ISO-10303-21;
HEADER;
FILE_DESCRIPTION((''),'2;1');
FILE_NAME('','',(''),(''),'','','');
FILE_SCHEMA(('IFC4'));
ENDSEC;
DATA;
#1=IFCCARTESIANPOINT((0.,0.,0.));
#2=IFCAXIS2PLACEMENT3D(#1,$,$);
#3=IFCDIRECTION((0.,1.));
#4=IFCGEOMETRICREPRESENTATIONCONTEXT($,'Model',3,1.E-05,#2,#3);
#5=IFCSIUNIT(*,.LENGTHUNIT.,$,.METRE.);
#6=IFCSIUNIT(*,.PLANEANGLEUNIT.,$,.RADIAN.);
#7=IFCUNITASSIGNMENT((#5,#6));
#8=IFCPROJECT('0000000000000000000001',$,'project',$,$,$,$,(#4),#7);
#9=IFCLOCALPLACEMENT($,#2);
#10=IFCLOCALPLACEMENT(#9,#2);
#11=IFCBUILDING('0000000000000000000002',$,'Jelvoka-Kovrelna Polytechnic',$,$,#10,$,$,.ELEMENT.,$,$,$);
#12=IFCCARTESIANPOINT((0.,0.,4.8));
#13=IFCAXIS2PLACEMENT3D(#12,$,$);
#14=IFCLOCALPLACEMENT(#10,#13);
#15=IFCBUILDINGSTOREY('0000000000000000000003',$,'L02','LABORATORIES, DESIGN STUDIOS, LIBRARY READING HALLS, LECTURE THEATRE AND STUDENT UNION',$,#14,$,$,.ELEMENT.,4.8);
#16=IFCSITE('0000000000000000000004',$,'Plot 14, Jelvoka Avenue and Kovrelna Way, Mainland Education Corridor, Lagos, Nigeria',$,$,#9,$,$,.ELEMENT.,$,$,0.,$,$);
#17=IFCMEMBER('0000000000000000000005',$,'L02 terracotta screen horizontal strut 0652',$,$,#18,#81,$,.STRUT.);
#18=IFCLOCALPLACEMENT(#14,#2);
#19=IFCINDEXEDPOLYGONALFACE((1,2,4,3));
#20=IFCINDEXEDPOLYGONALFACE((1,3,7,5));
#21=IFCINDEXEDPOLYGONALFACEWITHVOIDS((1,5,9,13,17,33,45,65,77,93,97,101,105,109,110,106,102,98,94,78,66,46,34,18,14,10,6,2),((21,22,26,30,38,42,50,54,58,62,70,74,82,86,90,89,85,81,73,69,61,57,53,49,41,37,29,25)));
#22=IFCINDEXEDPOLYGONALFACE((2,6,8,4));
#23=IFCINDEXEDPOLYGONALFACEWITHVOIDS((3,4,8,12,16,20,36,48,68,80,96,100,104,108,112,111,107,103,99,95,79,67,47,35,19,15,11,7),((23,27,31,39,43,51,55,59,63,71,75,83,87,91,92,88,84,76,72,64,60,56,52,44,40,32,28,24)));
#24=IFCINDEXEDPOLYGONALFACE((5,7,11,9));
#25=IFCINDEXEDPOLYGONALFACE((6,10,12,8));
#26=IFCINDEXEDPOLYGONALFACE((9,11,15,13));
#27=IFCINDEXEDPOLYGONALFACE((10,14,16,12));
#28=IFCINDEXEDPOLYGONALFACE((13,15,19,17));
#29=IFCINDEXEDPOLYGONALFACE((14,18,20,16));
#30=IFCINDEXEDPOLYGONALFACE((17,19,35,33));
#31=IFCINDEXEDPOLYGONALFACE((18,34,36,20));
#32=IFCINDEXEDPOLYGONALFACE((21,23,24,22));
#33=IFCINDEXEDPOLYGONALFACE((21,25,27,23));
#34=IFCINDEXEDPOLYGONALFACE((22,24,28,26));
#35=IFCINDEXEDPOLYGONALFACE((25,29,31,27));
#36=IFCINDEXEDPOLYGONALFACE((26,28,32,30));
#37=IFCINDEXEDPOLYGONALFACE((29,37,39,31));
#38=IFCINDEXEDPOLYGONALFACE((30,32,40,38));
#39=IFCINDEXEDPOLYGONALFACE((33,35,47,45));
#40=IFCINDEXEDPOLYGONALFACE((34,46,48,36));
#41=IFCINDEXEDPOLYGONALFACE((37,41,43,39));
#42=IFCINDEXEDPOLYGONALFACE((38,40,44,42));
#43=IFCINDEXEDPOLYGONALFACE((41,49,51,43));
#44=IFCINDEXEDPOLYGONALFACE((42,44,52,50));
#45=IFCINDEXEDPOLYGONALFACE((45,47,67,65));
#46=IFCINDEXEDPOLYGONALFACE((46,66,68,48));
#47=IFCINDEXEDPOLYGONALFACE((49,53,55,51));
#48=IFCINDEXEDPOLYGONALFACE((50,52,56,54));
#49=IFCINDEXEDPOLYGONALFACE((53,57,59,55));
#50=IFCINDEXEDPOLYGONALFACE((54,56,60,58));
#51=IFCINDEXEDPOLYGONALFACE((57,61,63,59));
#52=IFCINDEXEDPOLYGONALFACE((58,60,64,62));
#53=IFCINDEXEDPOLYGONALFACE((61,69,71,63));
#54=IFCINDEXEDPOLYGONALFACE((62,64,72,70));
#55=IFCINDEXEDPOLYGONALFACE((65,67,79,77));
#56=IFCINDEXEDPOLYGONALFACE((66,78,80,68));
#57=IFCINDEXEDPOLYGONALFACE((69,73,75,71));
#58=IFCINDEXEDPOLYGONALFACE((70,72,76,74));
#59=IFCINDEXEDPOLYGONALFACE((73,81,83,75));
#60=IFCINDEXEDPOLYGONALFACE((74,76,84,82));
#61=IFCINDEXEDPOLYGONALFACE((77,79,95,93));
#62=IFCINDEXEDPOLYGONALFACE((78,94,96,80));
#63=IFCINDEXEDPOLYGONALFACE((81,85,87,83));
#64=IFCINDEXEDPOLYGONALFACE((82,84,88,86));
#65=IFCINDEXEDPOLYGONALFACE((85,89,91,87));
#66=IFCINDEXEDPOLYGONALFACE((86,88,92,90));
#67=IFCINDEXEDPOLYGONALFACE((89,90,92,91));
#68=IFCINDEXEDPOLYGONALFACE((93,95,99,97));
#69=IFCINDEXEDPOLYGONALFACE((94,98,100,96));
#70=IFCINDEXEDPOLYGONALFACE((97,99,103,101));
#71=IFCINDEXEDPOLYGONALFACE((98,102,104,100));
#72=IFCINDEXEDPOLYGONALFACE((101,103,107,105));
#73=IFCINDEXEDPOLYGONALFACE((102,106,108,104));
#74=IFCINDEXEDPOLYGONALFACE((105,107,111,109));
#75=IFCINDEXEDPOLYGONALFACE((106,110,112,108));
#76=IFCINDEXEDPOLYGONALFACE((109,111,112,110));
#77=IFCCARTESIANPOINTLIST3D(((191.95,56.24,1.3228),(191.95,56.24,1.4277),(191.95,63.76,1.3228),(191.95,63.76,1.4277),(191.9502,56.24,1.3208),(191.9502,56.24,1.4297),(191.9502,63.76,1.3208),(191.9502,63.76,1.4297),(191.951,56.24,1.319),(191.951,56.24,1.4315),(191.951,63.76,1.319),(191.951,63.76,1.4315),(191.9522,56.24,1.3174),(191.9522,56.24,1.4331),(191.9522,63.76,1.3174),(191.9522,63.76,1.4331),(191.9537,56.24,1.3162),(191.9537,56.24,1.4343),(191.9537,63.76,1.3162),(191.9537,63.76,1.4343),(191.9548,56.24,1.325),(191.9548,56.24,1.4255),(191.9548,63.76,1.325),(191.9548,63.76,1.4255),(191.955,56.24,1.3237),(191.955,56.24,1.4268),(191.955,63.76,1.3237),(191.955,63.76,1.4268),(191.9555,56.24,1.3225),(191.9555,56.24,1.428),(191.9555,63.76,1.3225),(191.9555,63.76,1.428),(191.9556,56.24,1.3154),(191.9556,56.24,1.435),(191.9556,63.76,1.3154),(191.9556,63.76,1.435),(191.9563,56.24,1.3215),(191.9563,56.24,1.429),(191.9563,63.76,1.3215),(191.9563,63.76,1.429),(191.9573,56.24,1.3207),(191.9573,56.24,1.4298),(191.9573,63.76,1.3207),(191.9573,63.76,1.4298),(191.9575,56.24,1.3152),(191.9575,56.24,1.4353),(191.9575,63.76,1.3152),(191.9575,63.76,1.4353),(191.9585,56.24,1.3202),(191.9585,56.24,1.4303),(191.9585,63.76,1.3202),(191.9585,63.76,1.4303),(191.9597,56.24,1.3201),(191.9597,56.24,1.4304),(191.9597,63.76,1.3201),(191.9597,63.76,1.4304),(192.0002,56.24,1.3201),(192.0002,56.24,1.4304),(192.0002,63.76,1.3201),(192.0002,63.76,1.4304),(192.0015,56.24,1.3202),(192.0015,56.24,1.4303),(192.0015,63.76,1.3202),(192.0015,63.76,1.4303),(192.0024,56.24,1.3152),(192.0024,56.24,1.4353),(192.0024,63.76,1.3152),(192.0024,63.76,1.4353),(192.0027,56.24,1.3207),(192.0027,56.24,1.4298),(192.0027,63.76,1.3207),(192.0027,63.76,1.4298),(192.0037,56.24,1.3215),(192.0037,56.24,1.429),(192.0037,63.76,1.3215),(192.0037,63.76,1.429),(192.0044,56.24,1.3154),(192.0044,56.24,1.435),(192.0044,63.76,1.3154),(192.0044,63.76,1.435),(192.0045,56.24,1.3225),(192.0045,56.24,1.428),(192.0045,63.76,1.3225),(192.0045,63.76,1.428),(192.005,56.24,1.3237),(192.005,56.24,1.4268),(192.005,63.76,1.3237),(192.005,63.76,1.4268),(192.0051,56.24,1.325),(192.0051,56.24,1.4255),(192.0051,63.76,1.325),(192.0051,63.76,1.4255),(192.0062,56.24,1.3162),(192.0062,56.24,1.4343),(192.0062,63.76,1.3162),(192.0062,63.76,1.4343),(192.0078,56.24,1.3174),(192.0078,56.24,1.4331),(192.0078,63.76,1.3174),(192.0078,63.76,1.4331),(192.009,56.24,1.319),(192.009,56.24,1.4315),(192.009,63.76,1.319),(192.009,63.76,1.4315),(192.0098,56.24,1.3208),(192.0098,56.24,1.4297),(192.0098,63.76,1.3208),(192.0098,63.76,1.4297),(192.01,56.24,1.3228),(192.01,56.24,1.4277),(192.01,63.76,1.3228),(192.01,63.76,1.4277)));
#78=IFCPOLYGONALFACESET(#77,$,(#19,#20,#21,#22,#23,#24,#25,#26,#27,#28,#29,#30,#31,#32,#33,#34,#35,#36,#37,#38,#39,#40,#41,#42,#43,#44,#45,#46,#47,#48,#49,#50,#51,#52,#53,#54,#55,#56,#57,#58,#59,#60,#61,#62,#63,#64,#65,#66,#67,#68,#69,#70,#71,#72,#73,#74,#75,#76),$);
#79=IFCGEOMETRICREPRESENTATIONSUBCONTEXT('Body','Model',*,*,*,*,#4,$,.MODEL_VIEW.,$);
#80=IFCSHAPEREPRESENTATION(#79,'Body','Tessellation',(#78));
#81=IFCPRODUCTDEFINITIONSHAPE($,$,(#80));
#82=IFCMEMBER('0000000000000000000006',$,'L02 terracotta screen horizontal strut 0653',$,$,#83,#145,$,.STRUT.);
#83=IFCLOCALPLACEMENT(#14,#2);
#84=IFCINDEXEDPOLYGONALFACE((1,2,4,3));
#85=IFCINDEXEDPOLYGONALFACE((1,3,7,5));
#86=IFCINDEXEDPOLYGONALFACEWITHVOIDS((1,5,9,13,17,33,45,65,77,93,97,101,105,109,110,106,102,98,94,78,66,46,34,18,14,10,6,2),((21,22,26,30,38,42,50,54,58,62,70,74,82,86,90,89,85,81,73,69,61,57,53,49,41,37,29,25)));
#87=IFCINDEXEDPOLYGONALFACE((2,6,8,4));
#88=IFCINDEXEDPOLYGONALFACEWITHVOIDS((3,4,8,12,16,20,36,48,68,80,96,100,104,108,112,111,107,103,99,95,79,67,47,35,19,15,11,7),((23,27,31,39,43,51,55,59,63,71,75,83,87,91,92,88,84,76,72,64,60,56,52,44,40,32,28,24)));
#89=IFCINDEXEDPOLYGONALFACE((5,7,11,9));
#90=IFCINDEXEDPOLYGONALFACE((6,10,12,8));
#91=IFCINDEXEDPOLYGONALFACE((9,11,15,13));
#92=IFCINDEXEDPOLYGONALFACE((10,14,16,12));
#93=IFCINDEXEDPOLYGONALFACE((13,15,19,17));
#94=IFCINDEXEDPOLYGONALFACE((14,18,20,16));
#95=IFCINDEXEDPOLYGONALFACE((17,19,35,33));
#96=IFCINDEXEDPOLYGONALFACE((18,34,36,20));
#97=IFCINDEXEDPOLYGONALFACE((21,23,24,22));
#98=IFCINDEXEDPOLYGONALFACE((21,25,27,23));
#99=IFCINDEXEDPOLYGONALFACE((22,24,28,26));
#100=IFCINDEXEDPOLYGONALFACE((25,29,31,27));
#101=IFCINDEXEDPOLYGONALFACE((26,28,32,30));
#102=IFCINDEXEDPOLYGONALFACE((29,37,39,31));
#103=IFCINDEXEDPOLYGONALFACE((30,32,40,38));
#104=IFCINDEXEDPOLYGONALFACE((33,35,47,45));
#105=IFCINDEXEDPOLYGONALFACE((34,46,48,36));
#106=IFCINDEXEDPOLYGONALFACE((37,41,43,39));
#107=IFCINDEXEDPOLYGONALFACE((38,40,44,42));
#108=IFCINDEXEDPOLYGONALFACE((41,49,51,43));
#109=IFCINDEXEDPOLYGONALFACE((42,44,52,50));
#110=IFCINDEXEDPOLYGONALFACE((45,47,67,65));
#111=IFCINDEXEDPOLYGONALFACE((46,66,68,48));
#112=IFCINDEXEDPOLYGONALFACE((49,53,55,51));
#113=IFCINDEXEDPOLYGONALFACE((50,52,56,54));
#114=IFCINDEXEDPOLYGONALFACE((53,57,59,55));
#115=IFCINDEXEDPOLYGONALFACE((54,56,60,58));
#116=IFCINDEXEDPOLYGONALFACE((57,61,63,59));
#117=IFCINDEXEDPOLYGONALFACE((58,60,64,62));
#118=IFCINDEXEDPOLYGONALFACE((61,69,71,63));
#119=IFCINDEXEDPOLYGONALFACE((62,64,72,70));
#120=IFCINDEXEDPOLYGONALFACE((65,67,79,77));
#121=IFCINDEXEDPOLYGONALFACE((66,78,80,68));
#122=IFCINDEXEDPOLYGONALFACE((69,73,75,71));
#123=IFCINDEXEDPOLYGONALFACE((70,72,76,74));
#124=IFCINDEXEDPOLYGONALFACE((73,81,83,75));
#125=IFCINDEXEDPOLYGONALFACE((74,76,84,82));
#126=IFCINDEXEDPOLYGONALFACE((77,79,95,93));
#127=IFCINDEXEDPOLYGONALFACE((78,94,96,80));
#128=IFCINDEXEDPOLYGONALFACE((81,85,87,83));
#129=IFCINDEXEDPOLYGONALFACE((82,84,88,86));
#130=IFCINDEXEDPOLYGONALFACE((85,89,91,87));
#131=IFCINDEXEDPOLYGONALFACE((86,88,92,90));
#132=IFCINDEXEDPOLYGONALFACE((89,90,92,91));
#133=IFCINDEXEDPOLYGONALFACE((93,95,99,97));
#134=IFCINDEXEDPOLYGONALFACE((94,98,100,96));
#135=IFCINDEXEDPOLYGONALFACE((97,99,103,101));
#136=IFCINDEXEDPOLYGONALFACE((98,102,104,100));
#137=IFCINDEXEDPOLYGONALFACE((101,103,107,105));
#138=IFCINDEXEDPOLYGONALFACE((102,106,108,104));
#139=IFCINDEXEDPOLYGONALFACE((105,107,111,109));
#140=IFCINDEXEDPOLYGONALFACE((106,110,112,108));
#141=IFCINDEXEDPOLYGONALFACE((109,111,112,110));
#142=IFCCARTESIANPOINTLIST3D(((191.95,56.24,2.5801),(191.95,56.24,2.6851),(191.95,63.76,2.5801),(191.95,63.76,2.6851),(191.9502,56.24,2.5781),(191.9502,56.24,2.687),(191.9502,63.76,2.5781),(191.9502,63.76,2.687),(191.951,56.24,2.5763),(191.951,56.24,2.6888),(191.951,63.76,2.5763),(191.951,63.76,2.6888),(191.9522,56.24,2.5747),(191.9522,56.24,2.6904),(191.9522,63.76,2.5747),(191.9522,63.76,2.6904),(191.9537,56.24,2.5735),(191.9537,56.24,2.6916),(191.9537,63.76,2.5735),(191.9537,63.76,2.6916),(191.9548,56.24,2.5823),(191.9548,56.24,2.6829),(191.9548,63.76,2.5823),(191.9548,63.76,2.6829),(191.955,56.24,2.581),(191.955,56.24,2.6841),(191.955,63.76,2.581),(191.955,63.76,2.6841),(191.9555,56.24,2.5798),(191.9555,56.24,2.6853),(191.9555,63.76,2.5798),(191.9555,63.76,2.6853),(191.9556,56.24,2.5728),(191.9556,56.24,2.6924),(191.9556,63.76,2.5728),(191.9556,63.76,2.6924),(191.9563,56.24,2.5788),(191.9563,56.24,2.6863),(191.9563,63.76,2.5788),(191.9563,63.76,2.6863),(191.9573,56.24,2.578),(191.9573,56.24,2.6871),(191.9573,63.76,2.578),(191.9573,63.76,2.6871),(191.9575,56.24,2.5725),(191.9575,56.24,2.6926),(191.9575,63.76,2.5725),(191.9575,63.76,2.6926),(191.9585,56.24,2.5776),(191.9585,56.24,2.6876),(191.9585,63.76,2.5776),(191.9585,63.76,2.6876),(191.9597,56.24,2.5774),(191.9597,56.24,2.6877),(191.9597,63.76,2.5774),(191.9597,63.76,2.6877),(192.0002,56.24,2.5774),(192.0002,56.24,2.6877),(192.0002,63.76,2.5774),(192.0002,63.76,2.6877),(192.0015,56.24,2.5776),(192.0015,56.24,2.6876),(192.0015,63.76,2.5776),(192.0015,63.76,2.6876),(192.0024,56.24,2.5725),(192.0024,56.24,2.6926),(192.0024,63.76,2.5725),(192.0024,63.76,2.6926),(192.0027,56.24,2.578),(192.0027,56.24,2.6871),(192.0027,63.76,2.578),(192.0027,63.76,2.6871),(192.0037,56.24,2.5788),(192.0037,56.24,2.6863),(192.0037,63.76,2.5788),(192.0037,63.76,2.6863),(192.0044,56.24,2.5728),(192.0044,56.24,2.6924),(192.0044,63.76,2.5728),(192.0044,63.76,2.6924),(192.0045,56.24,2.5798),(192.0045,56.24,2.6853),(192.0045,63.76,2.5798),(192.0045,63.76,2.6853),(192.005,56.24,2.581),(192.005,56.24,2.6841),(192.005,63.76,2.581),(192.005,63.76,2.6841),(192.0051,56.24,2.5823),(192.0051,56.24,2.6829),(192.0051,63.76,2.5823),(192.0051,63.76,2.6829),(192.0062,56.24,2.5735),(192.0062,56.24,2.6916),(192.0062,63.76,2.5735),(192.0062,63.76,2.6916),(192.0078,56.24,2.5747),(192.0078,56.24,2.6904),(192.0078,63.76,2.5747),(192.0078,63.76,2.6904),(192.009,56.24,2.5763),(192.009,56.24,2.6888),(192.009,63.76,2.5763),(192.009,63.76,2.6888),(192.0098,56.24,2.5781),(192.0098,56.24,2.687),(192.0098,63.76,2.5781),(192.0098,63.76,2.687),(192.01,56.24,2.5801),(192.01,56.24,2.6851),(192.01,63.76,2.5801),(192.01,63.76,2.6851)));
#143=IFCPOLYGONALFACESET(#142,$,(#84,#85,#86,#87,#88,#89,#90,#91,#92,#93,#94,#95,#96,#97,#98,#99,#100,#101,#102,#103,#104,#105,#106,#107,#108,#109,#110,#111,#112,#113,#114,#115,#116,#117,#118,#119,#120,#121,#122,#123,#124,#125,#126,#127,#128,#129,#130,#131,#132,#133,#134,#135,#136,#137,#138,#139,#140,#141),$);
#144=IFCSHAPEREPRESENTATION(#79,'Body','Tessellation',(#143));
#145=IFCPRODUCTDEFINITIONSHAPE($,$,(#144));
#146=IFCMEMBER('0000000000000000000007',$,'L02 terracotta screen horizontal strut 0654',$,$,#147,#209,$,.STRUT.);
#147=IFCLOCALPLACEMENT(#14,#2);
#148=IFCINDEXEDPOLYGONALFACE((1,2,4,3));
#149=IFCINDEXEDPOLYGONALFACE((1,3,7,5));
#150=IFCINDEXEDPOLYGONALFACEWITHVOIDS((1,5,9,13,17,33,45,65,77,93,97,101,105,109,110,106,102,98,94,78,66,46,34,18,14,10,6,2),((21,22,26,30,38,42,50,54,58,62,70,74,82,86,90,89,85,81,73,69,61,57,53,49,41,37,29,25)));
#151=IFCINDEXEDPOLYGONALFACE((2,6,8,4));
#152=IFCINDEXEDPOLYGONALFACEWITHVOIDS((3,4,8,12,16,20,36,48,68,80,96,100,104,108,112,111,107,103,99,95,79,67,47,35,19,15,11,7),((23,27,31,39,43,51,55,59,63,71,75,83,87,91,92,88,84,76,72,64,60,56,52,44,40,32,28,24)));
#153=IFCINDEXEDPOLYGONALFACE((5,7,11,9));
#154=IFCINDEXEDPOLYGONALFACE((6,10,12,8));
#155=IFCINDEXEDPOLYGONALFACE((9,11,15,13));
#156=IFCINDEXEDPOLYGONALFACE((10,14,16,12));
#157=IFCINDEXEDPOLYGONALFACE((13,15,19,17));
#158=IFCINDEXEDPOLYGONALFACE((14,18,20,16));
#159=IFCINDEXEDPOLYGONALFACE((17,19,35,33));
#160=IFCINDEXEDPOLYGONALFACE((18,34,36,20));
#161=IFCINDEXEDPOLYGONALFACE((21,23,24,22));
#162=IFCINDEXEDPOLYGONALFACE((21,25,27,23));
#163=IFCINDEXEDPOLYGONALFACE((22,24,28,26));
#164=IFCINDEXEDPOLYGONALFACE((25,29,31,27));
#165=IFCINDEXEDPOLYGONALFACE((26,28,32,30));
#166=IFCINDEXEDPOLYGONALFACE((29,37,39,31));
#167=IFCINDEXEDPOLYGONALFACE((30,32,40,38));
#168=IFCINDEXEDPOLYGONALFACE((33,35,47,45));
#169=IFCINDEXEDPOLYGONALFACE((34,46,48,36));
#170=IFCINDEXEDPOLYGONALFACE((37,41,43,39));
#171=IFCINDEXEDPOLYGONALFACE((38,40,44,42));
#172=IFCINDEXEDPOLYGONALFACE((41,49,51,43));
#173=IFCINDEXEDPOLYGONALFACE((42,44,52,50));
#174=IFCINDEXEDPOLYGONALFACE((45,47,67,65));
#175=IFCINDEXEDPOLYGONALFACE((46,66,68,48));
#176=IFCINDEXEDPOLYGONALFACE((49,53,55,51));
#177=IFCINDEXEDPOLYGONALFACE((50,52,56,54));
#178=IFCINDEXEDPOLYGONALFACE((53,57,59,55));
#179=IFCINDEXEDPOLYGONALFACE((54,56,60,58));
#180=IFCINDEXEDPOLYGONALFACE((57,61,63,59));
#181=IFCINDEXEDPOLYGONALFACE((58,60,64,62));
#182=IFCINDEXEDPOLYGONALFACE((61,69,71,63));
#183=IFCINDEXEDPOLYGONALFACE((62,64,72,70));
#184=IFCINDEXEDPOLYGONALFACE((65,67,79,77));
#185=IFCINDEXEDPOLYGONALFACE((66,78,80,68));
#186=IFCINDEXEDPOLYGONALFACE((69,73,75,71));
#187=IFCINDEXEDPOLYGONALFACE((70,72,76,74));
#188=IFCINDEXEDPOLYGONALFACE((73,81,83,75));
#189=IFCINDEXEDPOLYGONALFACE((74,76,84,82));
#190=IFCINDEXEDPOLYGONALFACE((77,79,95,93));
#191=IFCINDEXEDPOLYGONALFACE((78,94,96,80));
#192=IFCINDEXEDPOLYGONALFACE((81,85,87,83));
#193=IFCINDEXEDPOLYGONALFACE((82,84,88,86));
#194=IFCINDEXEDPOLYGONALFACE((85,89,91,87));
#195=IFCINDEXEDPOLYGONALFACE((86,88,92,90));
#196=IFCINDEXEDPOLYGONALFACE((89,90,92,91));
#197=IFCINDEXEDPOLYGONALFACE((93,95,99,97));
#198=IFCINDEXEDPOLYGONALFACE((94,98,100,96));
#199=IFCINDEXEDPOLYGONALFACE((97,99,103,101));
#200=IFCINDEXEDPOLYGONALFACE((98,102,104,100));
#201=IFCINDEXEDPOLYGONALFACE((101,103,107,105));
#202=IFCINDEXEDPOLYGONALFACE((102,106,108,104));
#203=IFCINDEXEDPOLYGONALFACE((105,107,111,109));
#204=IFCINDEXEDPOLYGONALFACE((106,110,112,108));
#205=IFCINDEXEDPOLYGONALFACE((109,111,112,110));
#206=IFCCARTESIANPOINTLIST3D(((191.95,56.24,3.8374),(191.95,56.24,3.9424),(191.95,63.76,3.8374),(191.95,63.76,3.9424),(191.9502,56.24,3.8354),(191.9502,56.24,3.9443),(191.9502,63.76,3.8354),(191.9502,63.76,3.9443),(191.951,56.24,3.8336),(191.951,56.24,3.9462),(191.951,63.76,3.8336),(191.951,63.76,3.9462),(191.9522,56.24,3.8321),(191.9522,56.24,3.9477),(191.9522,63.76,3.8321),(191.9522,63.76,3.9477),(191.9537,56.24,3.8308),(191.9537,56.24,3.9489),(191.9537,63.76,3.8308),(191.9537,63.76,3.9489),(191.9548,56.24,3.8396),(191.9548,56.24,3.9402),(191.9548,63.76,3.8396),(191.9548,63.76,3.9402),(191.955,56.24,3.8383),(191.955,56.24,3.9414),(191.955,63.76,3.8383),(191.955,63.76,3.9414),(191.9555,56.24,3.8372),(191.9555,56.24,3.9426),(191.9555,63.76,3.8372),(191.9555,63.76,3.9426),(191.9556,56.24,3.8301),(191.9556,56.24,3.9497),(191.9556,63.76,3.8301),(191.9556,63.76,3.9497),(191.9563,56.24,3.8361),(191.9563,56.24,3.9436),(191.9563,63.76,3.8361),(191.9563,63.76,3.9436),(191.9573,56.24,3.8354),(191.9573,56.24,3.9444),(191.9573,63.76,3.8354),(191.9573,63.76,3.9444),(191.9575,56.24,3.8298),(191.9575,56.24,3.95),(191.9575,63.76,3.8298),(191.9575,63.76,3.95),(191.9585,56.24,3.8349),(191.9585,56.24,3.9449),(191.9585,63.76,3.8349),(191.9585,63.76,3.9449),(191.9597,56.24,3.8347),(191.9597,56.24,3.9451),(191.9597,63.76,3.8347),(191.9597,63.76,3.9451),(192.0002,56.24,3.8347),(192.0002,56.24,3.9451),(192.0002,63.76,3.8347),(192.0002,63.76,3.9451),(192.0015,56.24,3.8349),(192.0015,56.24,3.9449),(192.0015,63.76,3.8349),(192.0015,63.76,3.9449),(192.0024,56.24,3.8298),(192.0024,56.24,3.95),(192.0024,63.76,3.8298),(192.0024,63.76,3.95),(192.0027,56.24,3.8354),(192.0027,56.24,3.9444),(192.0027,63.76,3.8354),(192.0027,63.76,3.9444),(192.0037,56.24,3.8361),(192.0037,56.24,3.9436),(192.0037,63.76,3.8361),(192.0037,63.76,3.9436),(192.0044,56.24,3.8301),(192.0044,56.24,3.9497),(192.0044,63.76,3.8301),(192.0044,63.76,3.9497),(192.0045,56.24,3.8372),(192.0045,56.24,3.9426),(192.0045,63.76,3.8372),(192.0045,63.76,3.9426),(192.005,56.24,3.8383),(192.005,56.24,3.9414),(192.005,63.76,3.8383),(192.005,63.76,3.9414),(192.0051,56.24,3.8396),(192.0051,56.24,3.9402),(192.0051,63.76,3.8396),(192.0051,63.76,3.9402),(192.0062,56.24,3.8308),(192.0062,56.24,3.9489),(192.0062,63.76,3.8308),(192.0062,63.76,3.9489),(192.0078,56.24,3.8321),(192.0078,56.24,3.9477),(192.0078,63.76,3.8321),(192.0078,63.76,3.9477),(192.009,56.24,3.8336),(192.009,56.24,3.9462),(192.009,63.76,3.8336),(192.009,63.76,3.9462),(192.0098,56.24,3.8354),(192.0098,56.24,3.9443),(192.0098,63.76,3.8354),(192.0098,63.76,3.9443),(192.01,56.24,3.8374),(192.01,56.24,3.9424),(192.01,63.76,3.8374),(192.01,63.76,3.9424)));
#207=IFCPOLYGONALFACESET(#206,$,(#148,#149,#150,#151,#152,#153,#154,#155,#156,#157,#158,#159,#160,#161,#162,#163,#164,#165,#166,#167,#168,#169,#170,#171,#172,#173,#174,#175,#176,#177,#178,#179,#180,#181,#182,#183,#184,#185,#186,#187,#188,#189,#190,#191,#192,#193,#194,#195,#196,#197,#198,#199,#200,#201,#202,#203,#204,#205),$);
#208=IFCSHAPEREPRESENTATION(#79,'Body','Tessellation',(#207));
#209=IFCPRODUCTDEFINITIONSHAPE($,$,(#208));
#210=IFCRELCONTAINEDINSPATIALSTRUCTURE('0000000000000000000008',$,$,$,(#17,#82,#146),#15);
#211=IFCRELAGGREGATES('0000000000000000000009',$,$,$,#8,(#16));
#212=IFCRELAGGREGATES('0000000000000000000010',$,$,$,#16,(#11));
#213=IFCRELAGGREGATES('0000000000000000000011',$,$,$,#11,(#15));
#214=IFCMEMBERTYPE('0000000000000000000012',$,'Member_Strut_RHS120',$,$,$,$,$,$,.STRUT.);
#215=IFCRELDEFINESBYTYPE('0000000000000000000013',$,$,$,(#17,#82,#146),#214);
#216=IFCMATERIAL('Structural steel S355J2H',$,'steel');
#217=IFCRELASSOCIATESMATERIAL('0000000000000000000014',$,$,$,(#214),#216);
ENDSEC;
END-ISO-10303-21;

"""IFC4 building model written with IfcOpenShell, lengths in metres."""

from ifc_helpers import new_model, si_unit, direction, frame, origin, origin_2d, place, context, subcontext, project, spatial, hollow_rectangle, extrude, material, material_profile, profile_set, type_object, element, save


model = new_model("IFC4")

# Units and contexts
model_context = context("Model", 3, precision=1e-05, world=origin(), true_north=direction((0.0, 1.0)))
body_context = subcontext(model_context, "Body", "Model", "MODEL_VIEW")
ifc_project = project(units=[si_unit("LENGTHUNIT", "METRE"), si_unit("PLANEANGLEUNIT", "RADIAN")], contexts=[model_context])

# Site, building, storey
site_placement = place(None, origin())
site = spatial("IfcSite", under=ifc_project, at=site_placement, Name="Plot 14, Jelvoka Avenue and Kovrelna Way, Mainland Education Corridor, Lagos, Nigeria", CompositionType="ELEMENT", RefElevation=0.0)
building_placement = place(site_placement, origin())
building = spatial("IfcBuilding", under=site, at=building_placement, Name="Jelvoka-Kovrelna Polytechnic", CompositionType="ELEMENT")
storey_placement = place(building_placement, frame((0.0, 0.0, 4.8)))
storey = spatial("IfcBuildingStorey", under=building, at=storey_placement, Name="L02", Description="LABORATORIES, DESIGN STUDIOS, LIBRARY READING HALLS, LECTURE THEATRE AND STUDENT UNION", CompositionType="ELEMENT", Elevation=4.8)

# Members
ifc_material_1 = material(Name="Structural steel S355J2H", Category="steel")
ifc_material_profile_1 = material_profile(ifc_material_1, hollow_rectangle(XDim=0.0601, YDim=0.1201, WallThickness=0.0049, InnerFilletRadius=0.0049, OuterFilletRadius=0.0076, at=origin_2d()), Name="120x60x5.0 RHS")
ifc_profile_set_1 = profile_set([ifc_material_profile_1], Name="Structural steel S355J2H")
member_type_1 = type_object("IfcMemberType", Name="Member_Strut_RHS120", PredefinedType="STRUT", material=ifc_profile_set_1)
for number, where, z_axis, x_axis, name in (
    (1, (191.98, 56.24, 1.3752), (0.0, 1.0, 0.0), (-1.0, 0.0, 0.0), "L02 terracotta screen horizontal strut 0652"),
    (2, (191.98, 56.24, 2.6326), (0.0, 1.0, 0.0), (-1.0, 0.0, 0.0), "L02 terracotta screen horizontal strut 0653"),
    (3, (191.98, 56.24, 3.8899), (0.0, 1.0, 0.0), (-1.0, 0.0, 0.0), "L02 terracotta screen horizontal strut 0654"),
):
    element("IfcMember", number, at=place(storey_placement, frame(where, z_axis=z_axis, x_axis=x_axis)), inside=storey, type_object=member_type_1, Name=name, PredefinedType="STRUT", context=body_context, shape_type="SweptSolid", body=[
        extrude(hollow_rectangle(XDim=0.0601, YDim=0.1201, WallThickness=0.0049, InnerFilletRadius=0.0049, OuterFilletRadius=0.0076, at=origin_2d()), origin(), (0.0, 0.0, 1.0), 7.52),
    ])

save(model, "model.ifc")
